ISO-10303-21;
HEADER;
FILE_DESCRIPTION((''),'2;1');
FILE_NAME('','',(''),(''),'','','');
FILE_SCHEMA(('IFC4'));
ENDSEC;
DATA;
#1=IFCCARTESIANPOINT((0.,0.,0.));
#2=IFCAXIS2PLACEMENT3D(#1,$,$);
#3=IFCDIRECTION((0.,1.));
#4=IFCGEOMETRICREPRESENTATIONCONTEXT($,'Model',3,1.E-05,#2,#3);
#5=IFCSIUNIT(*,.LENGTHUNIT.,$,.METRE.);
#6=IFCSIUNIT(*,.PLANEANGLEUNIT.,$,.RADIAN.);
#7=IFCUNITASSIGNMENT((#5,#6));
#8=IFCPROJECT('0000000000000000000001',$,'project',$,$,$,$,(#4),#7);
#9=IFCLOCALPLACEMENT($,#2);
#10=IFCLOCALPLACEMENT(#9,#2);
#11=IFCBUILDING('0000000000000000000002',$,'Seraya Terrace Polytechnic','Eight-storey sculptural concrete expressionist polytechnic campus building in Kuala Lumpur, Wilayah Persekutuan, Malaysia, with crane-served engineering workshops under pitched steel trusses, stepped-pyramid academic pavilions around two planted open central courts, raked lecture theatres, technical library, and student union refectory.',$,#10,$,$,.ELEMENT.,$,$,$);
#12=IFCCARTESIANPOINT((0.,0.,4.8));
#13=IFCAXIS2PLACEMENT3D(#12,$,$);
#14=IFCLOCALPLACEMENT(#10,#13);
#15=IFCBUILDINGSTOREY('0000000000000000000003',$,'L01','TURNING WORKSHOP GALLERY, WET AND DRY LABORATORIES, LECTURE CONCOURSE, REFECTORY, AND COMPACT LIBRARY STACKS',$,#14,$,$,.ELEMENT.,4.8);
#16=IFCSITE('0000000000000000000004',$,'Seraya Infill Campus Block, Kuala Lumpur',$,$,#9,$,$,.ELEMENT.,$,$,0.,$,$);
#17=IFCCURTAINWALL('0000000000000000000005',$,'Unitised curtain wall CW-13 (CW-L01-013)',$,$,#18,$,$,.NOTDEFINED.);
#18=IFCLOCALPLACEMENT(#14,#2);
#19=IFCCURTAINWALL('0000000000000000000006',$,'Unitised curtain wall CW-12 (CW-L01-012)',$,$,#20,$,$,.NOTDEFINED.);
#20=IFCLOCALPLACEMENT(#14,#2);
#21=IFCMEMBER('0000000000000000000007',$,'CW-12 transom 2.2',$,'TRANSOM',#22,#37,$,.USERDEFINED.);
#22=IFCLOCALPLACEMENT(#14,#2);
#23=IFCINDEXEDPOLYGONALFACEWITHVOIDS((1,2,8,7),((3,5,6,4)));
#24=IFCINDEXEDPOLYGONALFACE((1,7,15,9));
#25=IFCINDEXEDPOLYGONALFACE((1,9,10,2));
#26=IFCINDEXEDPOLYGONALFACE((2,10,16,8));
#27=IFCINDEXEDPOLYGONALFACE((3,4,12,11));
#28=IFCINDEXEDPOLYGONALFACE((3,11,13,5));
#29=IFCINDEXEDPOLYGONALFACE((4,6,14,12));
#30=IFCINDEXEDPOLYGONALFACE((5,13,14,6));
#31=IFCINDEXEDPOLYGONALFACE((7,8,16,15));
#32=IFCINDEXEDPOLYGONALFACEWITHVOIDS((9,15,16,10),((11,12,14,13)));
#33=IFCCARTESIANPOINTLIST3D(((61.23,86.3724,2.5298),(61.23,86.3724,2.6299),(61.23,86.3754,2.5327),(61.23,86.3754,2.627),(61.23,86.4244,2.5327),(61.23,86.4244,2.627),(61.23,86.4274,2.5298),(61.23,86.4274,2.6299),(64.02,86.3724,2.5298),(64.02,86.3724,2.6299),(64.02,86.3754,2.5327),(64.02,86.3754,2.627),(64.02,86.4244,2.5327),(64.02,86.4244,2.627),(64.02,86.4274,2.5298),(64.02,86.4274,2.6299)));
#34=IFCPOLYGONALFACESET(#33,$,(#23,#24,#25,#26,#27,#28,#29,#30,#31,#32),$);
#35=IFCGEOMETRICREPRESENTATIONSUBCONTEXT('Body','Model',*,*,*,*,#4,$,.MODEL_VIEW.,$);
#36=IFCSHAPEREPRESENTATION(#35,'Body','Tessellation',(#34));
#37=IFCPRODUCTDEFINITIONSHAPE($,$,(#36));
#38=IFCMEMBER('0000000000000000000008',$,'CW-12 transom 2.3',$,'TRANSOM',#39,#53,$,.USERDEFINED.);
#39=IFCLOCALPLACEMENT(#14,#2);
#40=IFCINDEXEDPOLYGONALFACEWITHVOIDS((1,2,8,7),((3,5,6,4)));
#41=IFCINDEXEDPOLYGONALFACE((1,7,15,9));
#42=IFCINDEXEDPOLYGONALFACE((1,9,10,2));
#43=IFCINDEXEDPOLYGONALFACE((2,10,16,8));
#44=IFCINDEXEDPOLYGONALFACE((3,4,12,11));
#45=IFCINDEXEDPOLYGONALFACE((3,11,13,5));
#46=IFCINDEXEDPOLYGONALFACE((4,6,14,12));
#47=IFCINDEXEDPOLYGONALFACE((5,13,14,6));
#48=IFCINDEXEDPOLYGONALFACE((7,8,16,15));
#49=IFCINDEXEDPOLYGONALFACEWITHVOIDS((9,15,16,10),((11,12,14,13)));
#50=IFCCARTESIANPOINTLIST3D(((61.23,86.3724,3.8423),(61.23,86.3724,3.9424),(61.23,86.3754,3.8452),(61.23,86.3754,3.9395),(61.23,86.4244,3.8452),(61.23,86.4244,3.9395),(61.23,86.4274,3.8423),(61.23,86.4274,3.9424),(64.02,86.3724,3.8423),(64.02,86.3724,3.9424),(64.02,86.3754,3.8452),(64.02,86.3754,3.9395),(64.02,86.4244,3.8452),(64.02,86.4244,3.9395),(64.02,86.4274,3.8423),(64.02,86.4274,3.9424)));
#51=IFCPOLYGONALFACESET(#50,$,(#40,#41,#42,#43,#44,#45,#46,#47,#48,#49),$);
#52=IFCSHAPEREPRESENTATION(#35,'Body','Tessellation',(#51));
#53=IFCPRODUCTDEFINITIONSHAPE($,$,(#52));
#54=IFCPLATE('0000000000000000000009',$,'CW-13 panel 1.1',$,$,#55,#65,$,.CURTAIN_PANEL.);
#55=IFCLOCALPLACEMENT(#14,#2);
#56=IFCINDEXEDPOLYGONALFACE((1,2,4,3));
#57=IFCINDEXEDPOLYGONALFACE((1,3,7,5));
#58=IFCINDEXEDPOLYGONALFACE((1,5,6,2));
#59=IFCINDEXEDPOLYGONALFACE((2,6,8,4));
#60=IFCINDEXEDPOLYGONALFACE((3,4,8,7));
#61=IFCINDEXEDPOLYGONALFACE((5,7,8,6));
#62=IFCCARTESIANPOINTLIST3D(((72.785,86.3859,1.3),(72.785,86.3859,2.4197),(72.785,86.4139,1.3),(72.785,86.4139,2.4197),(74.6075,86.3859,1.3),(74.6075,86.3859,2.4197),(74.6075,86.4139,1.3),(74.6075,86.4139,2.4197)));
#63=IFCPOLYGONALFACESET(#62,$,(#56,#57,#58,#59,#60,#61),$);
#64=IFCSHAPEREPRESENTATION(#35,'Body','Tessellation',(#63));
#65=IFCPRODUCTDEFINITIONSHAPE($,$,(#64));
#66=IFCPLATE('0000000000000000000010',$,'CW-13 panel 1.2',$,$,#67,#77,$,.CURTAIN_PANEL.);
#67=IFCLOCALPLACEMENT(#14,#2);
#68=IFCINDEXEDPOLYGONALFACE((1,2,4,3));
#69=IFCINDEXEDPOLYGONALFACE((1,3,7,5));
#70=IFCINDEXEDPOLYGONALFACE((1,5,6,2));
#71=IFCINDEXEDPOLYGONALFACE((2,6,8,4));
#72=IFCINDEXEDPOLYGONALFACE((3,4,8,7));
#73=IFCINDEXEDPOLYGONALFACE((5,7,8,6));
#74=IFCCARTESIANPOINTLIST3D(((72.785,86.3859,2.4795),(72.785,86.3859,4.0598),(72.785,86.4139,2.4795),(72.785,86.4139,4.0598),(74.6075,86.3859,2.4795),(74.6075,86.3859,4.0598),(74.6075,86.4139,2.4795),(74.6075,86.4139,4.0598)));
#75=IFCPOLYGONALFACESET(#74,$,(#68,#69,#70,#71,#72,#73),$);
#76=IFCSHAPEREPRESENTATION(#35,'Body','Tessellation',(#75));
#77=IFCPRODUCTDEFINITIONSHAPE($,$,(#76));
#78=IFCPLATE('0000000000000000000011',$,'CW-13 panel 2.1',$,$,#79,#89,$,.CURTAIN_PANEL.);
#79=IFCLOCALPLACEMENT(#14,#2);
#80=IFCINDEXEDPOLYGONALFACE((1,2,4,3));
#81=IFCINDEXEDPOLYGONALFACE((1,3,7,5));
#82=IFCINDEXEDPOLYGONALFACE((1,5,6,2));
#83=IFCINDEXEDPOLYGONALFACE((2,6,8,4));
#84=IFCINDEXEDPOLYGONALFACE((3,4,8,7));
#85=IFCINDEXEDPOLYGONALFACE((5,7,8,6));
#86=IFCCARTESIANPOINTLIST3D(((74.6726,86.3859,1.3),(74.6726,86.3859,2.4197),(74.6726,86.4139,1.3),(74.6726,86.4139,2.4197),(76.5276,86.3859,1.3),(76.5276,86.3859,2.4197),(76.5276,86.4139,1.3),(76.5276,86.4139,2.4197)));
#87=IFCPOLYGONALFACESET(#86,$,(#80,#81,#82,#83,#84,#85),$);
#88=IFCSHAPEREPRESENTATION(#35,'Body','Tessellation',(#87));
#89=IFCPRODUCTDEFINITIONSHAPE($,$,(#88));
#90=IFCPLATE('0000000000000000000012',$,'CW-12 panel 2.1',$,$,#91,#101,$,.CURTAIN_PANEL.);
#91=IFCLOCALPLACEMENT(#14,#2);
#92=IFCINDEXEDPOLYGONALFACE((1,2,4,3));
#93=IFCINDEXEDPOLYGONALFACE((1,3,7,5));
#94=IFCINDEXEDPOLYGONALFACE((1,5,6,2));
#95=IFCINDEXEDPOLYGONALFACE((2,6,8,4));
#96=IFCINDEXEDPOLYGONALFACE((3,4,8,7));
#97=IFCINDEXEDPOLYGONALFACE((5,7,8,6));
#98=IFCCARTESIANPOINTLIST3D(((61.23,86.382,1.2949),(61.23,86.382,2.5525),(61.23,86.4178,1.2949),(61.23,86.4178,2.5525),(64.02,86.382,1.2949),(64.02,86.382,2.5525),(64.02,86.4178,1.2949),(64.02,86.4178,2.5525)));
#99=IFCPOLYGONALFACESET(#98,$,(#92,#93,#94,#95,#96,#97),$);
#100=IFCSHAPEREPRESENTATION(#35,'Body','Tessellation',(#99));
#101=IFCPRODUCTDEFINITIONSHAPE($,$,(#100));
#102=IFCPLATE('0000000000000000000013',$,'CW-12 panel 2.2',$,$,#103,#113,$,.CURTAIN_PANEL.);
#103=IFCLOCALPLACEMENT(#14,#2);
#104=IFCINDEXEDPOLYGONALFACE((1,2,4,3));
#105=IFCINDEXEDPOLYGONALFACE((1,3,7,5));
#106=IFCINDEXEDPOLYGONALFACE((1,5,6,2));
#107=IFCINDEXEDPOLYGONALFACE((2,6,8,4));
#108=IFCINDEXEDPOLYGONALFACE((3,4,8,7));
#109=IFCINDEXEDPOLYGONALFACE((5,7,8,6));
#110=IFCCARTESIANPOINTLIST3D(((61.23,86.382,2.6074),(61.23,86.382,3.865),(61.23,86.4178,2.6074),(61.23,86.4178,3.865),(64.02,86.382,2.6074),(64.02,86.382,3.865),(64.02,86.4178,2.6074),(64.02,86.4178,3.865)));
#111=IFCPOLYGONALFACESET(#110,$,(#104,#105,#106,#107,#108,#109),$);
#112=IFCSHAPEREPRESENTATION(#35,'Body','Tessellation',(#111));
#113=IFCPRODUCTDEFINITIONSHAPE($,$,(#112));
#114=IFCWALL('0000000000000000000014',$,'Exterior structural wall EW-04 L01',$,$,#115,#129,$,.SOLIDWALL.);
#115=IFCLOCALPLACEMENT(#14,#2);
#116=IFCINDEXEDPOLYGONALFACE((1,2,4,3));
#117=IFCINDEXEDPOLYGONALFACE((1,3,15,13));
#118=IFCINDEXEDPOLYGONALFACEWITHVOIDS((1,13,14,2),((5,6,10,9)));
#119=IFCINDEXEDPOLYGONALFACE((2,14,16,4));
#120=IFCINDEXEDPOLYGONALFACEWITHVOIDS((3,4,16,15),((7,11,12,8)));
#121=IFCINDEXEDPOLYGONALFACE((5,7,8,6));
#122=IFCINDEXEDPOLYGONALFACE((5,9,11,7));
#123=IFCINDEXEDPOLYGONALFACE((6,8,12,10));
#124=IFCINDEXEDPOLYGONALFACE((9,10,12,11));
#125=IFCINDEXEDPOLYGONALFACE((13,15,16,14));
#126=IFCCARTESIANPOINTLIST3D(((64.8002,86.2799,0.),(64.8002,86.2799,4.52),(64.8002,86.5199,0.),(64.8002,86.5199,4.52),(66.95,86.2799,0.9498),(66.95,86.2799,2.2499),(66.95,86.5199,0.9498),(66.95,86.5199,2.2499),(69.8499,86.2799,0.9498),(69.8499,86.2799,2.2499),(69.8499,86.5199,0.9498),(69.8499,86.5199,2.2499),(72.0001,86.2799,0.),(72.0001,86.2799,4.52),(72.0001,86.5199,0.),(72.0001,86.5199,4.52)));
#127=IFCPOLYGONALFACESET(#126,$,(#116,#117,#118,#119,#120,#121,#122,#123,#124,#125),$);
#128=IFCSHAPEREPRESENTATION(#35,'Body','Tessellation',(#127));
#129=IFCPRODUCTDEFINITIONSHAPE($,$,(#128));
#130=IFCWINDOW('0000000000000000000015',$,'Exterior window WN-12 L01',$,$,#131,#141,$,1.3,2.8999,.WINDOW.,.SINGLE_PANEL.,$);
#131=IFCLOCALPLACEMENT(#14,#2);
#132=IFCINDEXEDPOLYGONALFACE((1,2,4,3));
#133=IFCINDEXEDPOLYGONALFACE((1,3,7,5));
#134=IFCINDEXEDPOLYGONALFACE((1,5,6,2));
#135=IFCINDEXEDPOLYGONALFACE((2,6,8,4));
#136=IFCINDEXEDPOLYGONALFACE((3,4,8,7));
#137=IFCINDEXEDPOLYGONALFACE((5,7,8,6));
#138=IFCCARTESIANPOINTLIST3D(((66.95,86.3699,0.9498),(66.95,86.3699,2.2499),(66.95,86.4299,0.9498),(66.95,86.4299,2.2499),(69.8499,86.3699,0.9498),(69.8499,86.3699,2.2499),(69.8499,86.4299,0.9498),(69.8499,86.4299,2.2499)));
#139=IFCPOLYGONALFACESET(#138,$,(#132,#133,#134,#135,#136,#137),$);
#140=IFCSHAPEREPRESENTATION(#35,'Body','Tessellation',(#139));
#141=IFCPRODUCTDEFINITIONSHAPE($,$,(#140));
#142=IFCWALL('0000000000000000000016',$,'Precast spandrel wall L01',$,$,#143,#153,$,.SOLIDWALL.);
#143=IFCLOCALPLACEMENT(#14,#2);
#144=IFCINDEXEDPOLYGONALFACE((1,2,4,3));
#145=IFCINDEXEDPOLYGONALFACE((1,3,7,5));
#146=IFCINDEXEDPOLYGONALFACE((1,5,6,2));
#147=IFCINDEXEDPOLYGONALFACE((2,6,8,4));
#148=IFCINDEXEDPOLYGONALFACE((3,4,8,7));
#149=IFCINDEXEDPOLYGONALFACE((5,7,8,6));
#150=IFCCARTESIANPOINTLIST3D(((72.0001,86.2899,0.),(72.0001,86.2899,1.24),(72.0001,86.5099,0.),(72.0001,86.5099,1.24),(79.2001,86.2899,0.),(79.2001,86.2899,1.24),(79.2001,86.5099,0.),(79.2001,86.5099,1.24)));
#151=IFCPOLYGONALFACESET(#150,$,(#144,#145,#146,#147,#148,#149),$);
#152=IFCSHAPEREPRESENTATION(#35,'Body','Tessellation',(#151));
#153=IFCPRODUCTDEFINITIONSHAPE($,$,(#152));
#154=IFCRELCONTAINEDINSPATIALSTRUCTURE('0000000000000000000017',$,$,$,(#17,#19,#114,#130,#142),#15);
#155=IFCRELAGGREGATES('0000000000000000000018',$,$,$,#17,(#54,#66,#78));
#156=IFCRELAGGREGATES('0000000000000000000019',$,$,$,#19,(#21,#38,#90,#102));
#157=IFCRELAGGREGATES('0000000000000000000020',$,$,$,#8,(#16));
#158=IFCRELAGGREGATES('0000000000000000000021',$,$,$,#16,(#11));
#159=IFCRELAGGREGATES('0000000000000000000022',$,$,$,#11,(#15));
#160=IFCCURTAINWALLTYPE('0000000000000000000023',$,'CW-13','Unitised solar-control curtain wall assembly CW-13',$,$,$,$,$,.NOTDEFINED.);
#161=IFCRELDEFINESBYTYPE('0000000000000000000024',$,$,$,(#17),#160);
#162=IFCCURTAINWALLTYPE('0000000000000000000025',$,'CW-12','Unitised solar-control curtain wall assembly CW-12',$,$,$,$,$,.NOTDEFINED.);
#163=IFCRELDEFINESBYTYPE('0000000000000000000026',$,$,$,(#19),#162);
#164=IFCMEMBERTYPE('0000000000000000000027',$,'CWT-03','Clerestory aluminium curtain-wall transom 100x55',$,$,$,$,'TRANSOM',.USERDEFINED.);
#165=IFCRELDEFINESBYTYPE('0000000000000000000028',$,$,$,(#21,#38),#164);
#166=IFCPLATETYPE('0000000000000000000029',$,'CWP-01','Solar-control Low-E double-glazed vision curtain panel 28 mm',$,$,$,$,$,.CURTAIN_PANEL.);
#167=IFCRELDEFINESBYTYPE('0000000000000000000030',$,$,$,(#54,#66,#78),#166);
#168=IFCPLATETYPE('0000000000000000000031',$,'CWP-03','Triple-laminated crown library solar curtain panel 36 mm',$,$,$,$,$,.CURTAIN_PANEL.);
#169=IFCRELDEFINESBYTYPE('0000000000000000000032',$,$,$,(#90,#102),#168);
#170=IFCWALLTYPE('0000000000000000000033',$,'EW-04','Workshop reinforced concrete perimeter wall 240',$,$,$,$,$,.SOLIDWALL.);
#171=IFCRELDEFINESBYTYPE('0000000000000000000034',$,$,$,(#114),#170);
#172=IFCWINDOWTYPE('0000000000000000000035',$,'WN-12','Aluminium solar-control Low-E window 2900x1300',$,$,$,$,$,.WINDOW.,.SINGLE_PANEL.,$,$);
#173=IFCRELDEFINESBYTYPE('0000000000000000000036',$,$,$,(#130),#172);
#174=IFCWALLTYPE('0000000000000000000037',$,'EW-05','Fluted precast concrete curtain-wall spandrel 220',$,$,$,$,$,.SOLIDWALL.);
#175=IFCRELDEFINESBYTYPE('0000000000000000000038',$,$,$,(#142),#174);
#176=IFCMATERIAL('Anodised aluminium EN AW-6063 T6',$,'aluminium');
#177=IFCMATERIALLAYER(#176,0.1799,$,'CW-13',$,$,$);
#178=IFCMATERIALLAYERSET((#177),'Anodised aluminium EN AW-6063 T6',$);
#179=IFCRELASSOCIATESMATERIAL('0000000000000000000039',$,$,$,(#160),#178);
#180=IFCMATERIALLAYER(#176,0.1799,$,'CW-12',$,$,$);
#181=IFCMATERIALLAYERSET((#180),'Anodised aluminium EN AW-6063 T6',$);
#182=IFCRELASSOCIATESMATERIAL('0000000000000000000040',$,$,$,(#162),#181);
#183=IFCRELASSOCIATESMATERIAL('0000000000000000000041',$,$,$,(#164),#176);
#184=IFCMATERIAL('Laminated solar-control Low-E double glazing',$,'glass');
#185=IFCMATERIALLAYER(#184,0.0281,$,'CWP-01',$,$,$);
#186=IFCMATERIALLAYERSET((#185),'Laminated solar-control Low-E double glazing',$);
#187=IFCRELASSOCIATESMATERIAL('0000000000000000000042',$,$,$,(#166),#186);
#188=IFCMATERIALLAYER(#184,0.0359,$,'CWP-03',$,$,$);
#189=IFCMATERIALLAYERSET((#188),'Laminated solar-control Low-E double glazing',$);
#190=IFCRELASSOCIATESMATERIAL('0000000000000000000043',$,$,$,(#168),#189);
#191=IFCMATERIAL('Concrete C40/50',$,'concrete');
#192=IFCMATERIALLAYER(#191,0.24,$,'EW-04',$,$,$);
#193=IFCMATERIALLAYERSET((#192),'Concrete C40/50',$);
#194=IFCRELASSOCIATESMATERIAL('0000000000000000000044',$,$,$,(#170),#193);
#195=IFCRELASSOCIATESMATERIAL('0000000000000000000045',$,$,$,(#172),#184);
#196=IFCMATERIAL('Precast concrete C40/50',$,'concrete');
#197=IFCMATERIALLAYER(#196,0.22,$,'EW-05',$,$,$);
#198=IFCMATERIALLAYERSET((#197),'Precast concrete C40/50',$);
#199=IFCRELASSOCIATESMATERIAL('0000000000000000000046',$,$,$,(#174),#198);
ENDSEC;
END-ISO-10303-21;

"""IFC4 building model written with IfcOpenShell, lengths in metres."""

from ifc_helpers import new_model, si_unit, direction, frame, frame_2d, origin, origin_2d, place, context, subcontext, project, spatial, rectangle, hollow_rectangle, extrude, material, layer, layer_set, material_profile, profile_set, type_object, element, fill, aggregate, save


model = new_model("IFC4")

# Units and contexts
model_context = context("Model", 3, precision=1e-05, world=origin(), true_north=direction((0.0, 1.0)))
body_context = subcontext(model_context, "Body", "Model", "MODEL_VIEW")
ifc_project = project(units=[si_unit("LENGTHUNIT", "METRE"), si_unit("PLANEANGLEUNIT", "RADIAN")], contexts=[model_context])

# Site, building, storey
site_placement = place(None, origin())
site = spatial("IfcSite", under=ifc_project, at=site_placement, Name="Seraya Infill Campus Block, Kuala Lumpur", CompositionType="ELEMENT", RefElevation=0.0)
building_placement = place(site_placement, origin())
building = spatial("IfcBuilding", under=site, at=building_placement, Name="Seraya Terrace Polytechnic", Description="Eight-storey sculptural concrete expressionist polytechnic campus building in Kuala Lumpur, Wilayah Persekutuan, Malaysia, with crane-served engineering workshops under pitched steel trusses, stepped-pyramid academic pavilions around two planted open central courts, raked lecture theatres, technical library, and student union refectory.", CompositionType="ELEMENT")
storey_placement = place(building_placement, frame((0.0, 0.0, 4.8)))
storey = spatial("IfcBuildingStorey", under=building, at=storey_placement, Name="L01", Description="TURNING WORKSHOP GALLERY, WET AND DRY LABORATORIES, LECTURE CONCOURSE, REFECTORY, AND COMPACT LIBRARY STACKS", CompositionType="ELEMENT", Elevation=4.8)

# Curtain wall
ifc_material_1 = material(Name="Anodised aluminium EN AW-6063 T6", Category="aluminium")
ifc_layer_1 = layer(ifc_material_1, 0.1799, Name="CW-13")
ifc_layer_set_1 = layer_set([ifc_layer_1], Name="Anodised aluminium EN AW-6063 T6")
curtain_wall_type_1 = type_object("IfcCurtainWallType", Name="CW-13", Description="Unitised solar-control curtain wall assembly CW-13", PredefinedType="NOTDEFINED", material=ifc_layer_set_1)
curtain_wall_1_placement = place(storey_placement, origin())
curtain_wall_1 = element("IfcCurtainWall", 1, at=curtain_wall_1_placement, inside=storey, type_object=curtain_wall_type_1, Name="Unitised curtain wall CW-13 (CW-L01-013)", PredefinedType="NOTDEFINED")

# Curtain wall
ifc_layer_2 = layer(ifc_material_1, 0.1799, Name="CW-12")
ifc_layer_set_2 = layer_set([ifc_layer_2], Name="Anodised aluminium EN AW-6063 T6")
curtain_wall_type_2 = type_object("IfcCurtainWallType", Name="CW-12", Description="Unitised solar-control curtain wall assembly CW-12", PredefinedType="NOTDEFINED", material=ifc_layer_set_2)
curtain_wall_2_placement = place(storey_placement, origin())
curtain_wall_2 = element("IfcCurtainWall", 2, at=curtain_wall_2_placement, inside=storey, type_object=curtain_wall_type_2, Name="Unitised curtain wall CW-12 (CW-L01-012)", PredefinedType="NOTDEFINED")

# Members
ifc_material_profile_1 = material_profile(ifc_material_1, hollow_rectangle(XDim=0.0549, YDim=0.1001, WallThickness=0.0029, at=origin_2d()), Name="RHS 100x55x3.0")
ifc_profile_set_1 = profile_set([ifc_material_profile_1], Name="Anodised aluminium EN AW-6063 T6")
member_type_1 = type_object("IfcMemberType", Name="CWT-03", Description="Clerestory aluminium curtain-wall transom 100x55", ElementType="TRANSOM", PredefinedType="USERDEFINED", material=ifc_profile_set_1)
member_1_placement = place(storey_placement, frame((61.23, 86.3999, 2.5798), z_axis=(1.0, 0.0, 0.0), x_axis=(0.0, 1.0, 0.0)))
member_1 = element("IfcMember", 3, at=member_1_placement, type_object=member_type_1, Name="CW-12 transom 2.2", ObjectType="TRANSOM", PredefinedType="USERDEFINED", context=body_context, shape_type="SweptSolid", body=[
    extrude(hollow_rectangle(XDim=0.0549, YDim=0.1001, WallThickness=0.0029, at=origin_2d()), origin(), (0.0, 0.0, 1.0), 2.79),
])
member_2_placement = place(storey_placement, frame((61.23, 86.3999, 3.8923), z_axis=(1.0, 0.0, 0.0), x_axis=(0.0, 1.0, 0.0)))
member_2 = element("IfcMember", 4, at=member_2_placement, type_object=member_type_1, Name="CW-12 transom 2.3", ObjectType="TRANSOM", PredefinedType="USERDEFINED", context=body_context, shape_type="SweptSolid", body=[
    extrude(hollow_rectangle(XDim=0.0549, YDim=0.1001, WallThickness=0.0029, at=origin_2d()), origin(), (0.0, 0.0, 1.0), 2.79),
])

# Plates
ifc_material_2 = material(Name="Laminated solar-control Low-E double glazing", Category="glass")
ifc_layer_3 = layer(ifc_material_2, 0.0281, Name="CWP-01")
ifc_layer_set_3 = layer_set([ifc_layer_3], Name="Laminated solar-control Low-E double glazing")
plate_type_1 = type_object("IfcPlateType", Name="CWP-01", Description="Solar-control Low-E double-glazed vision curtain panel 28 mm", PredefinedType="CURTAIN_PANEL", material=ifc_layer_set_3)
plate_1_placement = place(storey_placement, frame((73.6963, 86.3999, 1.3), z_axis=(0.0, 0.0, 1.0), x_axis=(1.0, 0.0, 0.0)))
plate_1 = element("IfcPlate", 5, at=plate_1_placement, type_object=plate_type_1, Name="CW-13 panel 1.1", PredefinedType="CURTAIN_PANEL", context=body_context, shape_type="SweptSolid", body=[
    extrude(rectangle(XDim=1.8225, YDim=0.0281, at=origin_2d()), origin(), (0.0, 0.0, 1.0), 1.1196),
])
plate_2_placement = place(storey_placement, frame((73.6963, 86.3999, 2.4795), z_axis=(0.0, 0.0, 1.0), x_axis=(1.0, 0.0, 0.0)))
plate_2 = element("IfcPlate", 6, at=plate_2_placement, type_object=plate_type_1, Name="CW-13 panel 1.2", PredefinedType="CURTAIN_PANEL", context=body_context, shape_type="SweptSolid", body=[
    extrude(rectangle(XDim=1.8225, YDim=0.0281, at=origin_2d()), origin(), (0.0, 0.0, 1.0), 1.5803),
])
plate_3_placement = place(storey_placement, frame((75.6001, 86.3999, 1.3), z_axis=(0.0, 0.0, 1.0), x_axis=(1.0, 0.0, 0.0)))
plate_3 = element("IfcPlate", 7, at=plate_3_placement, type_object=plate_type_1, Name="CW-13 panel 2.1", PredefinedType="CURTAIN_PANEL", context=body_context, shape_type="SweptSolid", body=[
    extrude(rectangle(XDim=1.855, YDim=0.0281, at=origin_2d()), origin(), (0.0, 0.0, 1.0), 1.1196),
])
aggregate(curtain_wall_1, [plate_1, plate_2, plate_3])
ifc_layer_4 = layer(ifc_material_2, 0.0359, Name="CWP-03")
ifc_layer_set_4 = layer_set([ifc_layer_4], Name="Laminated solar-control Low-E double glazing")
plate_type_2 = type_object("IfcPlateType", Name="CWP-03", Description="Triple-laminated crown library solar curtain panel 36 mm", PredefinedType="CURTAIN_PANEL", material=ifc_layer_set_4)
plate_4_placement = place(storey_placement, frame((62.625, 86.3999, 1.2949), z_axis=(0.0, 0.0, 1.0), x_axis=(1.0, 0.0, 0.0)))
plate_4 = element("IfcPlate", 8, at=plate_4_placement, type_object=plate_type_2, Name="CW-12 panel 2.1", PredefinedType="CURTAIN_PANEL", context=body_context, shape_type="SweptSolid", body=[
    extrude(rectangle(XDim=2.79, YDim=0.0359, at=origin_2d()), origin(), (0.0, 0.0, 1.0), 1.2576),
])
plate_5_placement = place(storey_placement, frame((62.625, 86.3999, 2.6074), z_axis=(0.0, 0.0, 1.0), x_axis=(1.0, 0.0, 0.0)))
plate_5 = element("IfcPlate", 9, at=plate_5_placement, type_object=plate_type_2, Name="CW-12 panel 2.2", PredefinedType="CURTAIN_PANEL", context=body_context, shape_type="SweptSolid", body=[
    extrude(rectangle(XDim=2.79, YDim=0.0359, at=origin_2d()), origin(), (0.0, 0.0, 1.0), 1.2576),
])
aggregate(curtain_wall_2, [member_1, member_2, plate_4, plate_5])

# Wall, opening, window
ifc_material_3 = material(Name="Concrete C40/50", Category="concrete")
ifc_layer_5 = layer(ifc_material_3, 0.24, Name="EW-04")
ifc_layer_set_5 = layer_set([ifc_layer_5], Name="Concrete C40/50")
wall_type_1 = type_object("IfcWallType", Name="EW-04", Description="Workshop reinforced concrete perimeter wall 240", PredefinedType="SOLIDWALL", material=ifc_layer_set_5)
wall_1_placement = place(storey_placement, frame((64.8, 86.3999, 0.0), z_axis=(0.0, 0.0, 1.0), x_axis=(1.0, 0.0, 0.0)))
wall_1 = element("IfcWall", 10, at=wall_1_placement, inside=storey, type_object=wall_type_1, Name="Exterior structural wall EW-04 L01", PredefinedType="SOLIDWALL", context=body_context, shape_type="SweptSolid", body=[
    extrude(rectangle(XDim=7.2, YDim=0.24, at=frame_2d((3.6001, 0.0))), origin(), (0.0, 0.0, 1.0), 4.52),
])
opening_placement = place(wall_1_placement, frame((2.1499, 0.0, 0.95)))
opening = element("IfcOpeningElement", 11, at=opening_placement, cuts=wall_1, PredefinedType="OPENING", context=body_context, shape_type="SweptSolid", body=[
    extrude(rectangle(XDim=2.8999, YDim=1.3, at=frame_2d((1.45, 0.6499))), frame((0.0, 0.1318, 0.0), z_axis=(0.0, -1.0, 0.0), x_axis=(1.0, 0.0, 0.0)), (0.0, 0.0, 1.0), 0.2639),
])
window_type = type_object("IfcWindowType", Name="WN-12", Description="Aluminium solar-control Low-E window 2900x1300", PartitioningType="SINGLE_PANEL", PredefinedType="WINDOW", material=ifc_material_2)
window_placement = place(opening_placement, origin())
window = element("IfcWindow", 12, at=window_placement, inside=storey, type_object=window_type, Name="Exterior window WN-12 L01", OverallHeight=1.3, OverallWidth=2.8999, PartitioningType="SINGLE_PANEL", PredefinedType="WINDOW", context=body_context, shape_type="SweptSolid", body=[
    extrude(rectangle(XDim=2.8999, YDim=1.3, at=frame_2d((1.45, 0.6499))), frame((0.0, 0.03, 0.0), z_axis=(0.0, -1.0, 0.0), x_axis=(1.0, 0.0, 0.0)), (0.0, 0.0, 1.0), 0.0601),
])
fill(opening, window)

# Wall
ifc_material_4 = material(Name="Precast concrete C40/50", Category="concrete")
ifc_layer_6 = layer(ifc_material_4, 0.22, Name="EW-05")
ifc_layer_set_6 = layer_set([ifc_layer_6], Name="Precast concrete C40/50")
wall_type_2 = type_object("IfcWallType", Name="EW-05", Description="Fluted precast concrete curtain-wall spandrel 220", PredefinedType="SOLIDWALL", material=ifc_layer_set_6)
wall_2_placement = place(storey_placement, frame((72.0, 86.3999, 0.0), z_axis=(0.0, 0.0, 1.0), x_axis=(1.0, 0.0, 0.0)))
element("IfcWall", 13, at=wall_2_placement, inside=storey, type_object=wall_type_2, Name="Precast spandrel wall L01", PredefinedType="SOLIDWALL", context=body_context, shape_type="SweptSolid", body=[
    extrude(rectangle(XDim=7.2, YDim=0.22, at=frame_2d((3.6001, 0.0))), origin(), (0.0, 0.0, 1.0), 1.24),
])

save(model, "model.ifc")
